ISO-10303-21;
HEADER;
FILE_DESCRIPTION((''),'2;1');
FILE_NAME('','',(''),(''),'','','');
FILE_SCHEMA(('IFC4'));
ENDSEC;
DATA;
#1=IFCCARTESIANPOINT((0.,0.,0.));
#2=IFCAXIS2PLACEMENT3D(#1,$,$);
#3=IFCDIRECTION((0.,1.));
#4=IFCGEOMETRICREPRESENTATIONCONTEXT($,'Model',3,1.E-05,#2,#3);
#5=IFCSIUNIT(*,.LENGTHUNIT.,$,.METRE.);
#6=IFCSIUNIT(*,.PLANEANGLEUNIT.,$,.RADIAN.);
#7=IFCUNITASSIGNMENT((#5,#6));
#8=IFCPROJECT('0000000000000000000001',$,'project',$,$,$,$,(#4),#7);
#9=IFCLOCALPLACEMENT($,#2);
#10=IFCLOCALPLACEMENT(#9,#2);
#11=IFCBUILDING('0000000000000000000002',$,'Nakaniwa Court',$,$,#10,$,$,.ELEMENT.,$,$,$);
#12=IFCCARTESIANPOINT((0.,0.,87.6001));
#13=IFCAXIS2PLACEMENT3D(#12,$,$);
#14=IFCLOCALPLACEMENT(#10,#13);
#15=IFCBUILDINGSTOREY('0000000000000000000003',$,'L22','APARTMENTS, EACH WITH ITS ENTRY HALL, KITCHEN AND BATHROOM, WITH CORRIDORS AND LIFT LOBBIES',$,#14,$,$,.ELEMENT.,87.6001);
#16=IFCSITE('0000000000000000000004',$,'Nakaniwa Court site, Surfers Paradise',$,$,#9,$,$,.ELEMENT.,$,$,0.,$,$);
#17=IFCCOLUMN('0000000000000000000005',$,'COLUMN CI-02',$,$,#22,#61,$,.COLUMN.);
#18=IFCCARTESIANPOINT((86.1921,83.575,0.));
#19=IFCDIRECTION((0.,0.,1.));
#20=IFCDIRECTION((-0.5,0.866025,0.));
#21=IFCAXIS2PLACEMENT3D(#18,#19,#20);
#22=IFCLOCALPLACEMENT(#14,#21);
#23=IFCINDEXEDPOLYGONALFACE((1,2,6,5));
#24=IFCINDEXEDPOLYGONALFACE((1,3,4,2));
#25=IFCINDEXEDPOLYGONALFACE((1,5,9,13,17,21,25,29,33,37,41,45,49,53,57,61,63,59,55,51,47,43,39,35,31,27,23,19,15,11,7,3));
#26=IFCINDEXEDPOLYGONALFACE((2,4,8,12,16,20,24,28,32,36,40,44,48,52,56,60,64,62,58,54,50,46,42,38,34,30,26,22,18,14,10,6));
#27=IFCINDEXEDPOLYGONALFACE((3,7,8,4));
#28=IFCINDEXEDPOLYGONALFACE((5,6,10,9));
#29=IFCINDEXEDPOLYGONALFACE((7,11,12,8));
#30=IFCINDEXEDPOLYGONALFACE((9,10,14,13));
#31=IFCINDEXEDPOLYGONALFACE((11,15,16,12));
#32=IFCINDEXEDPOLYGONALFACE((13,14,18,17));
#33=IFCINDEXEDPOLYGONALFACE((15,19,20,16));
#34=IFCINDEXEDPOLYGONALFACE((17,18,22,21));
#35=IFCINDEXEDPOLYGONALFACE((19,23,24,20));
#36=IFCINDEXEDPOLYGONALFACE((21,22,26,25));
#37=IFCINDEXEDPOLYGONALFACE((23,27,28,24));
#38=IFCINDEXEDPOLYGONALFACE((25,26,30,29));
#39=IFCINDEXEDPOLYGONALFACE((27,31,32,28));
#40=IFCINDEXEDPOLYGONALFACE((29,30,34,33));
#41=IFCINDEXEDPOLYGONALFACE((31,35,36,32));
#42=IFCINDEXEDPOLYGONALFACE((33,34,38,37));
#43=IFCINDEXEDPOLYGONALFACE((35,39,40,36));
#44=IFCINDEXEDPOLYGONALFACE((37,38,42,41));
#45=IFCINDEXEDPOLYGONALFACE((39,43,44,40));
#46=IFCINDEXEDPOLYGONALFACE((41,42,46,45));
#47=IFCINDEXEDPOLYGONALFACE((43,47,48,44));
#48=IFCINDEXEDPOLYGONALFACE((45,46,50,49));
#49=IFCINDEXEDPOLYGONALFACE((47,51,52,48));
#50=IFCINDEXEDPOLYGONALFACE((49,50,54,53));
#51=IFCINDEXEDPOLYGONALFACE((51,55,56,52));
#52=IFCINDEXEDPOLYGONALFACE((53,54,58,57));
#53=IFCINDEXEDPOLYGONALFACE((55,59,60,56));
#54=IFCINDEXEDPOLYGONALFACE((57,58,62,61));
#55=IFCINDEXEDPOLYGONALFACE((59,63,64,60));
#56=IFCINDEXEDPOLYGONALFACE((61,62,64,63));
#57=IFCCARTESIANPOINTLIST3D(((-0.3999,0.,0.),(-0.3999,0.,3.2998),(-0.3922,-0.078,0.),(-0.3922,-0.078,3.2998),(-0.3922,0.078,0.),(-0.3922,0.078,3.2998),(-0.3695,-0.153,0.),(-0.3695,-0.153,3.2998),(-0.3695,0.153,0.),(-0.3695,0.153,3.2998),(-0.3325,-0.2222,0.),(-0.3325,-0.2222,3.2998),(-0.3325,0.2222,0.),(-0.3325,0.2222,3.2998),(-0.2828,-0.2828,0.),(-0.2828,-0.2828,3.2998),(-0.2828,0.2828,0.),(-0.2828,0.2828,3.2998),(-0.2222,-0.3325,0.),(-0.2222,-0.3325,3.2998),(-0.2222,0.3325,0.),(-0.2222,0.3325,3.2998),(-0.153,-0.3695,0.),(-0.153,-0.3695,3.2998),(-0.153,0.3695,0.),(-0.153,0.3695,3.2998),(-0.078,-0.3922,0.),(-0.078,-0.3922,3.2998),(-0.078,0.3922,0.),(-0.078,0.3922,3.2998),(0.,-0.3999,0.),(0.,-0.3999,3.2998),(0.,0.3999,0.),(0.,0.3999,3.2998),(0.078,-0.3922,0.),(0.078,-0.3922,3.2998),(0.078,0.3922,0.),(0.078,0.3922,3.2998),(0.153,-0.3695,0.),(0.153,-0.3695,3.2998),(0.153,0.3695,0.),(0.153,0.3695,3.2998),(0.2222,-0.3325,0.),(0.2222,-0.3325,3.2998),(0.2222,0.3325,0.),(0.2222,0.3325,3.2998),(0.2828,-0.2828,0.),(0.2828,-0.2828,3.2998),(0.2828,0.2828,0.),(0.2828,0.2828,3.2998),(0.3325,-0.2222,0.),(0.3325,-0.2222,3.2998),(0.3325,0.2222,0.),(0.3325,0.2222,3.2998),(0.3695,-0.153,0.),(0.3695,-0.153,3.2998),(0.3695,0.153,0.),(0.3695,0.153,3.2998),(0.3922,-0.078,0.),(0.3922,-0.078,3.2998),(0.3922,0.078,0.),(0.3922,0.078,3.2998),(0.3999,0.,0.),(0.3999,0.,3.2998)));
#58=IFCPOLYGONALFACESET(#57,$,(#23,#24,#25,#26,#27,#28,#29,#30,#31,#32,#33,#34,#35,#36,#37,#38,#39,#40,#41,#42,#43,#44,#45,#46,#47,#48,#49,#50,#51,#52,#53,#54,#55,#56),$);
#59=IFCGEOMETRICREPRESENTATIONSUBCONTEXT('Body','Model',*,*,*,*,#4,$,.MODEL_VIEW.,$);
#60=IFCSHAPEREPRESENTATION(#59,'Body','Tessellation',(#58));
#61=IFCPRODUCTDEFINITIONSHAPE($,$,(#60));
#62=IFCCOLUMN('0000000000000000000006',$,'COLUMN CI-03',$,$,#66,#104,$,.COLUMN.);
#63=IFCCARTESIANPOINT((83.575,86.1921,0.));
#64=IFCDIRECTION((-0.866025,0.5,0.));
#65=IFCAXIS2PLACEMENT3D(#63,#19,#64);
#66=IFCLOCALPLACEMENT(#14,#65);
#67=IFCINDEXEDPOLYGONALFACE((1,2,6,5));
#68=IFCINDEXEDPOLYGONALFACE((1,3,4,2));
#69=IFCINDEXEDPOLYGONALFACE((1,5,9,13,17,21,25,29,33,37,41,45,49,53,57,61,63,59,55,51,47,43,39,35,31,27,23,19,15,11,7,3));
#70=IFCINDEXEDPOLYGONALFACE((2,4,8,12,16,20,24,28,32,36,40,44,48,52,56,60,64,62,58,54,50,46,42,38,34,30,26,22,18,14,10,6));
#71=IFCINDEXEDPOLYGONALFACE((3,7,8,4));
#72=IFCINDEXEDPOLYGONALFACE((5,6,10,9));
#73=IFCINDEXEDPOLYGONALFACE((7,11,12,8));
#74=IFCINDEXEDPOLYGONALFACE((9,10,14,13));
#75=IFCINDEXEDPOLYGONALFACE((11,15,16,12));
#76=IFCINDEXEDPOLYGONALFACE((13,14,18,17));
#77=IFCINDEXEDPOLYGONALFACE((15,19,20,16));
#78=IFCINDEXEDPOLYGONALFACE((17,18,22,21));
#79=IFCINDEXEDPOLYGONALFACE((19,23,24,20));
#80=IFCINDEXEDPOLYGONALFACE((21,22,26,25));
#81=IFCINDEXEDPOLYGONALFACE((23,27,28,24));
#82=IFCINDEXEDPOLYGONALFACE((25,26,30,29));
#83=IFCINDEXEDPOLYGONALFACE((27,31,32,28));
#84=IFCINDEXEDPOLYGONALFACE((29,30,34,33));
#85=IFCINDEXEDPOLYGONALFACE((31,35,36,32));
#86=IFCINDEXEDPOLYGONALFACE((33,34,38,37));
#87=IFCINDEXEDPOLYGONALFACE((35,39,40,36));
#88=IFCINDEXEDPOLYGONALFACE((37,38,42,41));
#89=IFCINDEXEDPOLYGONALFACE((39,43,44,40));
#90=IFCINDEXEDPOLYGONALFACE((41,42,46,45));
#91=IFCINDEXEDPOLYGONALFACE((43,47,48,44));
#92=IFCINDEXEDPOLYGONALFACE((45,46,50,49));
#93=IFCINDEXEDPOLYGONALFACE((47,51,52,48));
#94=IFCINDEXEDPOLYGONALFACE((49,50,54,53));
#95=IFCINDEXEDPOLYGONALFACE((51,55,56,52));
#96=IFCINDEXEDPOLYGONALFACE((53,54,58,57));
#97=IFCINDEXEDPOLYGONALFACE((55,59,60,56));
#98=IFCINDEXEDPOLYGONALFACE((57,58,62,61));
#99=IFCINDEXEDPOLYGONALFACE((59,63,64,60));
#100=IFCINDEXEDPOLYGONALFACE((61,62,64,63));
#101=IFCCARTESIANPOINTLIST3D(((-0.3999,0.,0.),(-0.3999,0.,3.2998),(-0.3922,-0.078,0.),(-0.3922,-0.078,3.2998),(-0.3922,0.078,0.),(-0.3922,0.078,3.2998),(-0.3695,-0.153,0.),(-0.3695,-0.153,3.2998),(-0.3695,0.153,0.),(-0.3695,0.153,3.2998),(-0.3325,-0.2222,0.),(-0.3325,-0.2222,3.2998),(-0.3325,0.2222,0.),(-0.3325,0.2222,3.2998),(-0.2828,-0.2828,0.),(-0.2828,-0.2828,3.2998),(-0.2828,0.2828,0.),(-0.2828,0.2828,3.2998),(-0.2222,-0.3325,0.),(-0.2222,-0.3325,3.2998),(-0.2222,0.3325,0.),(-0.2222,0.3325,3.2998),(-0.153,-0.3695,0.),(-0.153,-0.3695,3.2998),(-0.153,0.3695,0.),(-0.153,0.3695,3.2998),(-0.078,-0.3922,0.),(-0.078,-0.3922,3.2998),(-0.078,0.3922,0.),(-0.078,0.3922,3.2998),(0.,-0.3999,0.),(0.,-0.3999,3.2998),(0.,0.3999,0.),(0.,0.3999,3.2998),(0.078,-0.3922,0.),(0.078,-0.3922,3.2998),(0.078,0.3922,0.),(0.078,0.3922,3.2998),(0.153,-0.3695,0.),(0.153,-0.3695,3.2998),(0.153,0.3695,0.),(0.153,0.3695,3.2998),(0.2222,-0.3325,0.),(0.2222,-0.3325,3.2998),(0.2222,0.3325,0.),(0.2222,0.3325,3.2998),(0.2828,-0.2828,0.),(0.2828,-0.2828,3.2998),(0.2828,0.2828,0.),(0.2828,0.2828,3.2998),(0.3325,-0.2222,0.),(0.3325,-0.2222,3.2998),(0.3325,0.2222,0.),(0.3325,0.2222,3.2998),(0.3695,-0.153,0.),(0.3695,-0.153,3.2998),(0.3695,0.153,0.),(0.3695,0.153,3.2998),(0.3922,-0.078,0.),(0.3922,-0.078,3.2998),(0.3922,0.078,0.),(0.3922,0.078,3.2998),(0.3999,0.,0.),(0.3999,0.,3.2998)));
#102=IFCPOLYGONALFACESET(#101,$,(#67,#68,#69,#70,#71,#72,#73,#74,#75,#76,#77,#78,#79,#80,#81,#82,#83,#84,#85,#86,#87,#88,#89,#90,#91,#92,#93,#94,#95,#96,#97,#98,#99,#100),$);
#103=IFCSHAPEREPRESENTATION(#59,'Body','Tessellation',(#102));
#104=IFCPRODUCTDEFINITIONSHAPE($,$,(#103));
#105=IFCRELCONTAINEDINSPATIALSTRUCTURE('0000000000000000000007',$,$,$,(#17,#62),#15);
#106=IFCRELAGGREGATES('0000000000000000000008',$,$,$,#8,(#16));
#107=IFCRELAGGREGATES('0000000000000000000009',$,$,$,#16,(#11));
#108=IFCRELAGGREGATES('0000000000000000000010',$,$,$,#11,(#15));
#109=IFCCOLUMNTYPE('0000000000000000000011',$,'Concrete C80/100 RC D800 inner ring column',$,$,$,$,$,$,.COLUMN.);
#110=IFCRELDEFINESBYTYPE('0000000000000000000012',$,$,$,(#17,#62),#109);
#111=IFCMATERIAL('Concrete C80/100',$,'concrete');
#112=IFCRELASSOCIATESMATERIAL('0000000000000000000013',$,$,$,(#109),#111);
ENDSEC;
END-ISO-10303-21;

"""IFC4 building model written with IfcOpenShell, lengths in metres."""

from ifc_helpers import new_model, si_unit, direction, frame, origin, origin_2d, place, context, subcontext, project, spatial, circle, extrude, material, material_profile, profile_set, type_object, element, save


model = new_model("IFC4")

# Units and contexts
model_context = context("Model", 3, precision=1e-05, world=origin(), true_north=direction((0.0, 1.0)))
body_context = subcontext(model_context, "Body", "Model", "MODEL_VIEW")
ifc_project = project(units=[si_unit("LENGTHUNIT", "METRE"), si_unit("PLANEANGLEUNIT", "RADIAN")], contexts=[model_context])

# Site, building, storey
site_placement = place(None, origin())
site = spatial("IfcSite", under=ifc_project, at=site_placement, Name="Nakaniwa Court site, Surfers Paradise", CompositionType="ELEMENT", RefElevation=0.0)
building_placement = place(site_placement, origin())
building = spatial("IfcBuilding", under=site, at=building_placement, Name="Nakaniwa Court", CompositionType="ELEMENT")
storey_placement = place(building_placement, frame((0.0, 0.0, 87.6001)))
storey = spatial("IfcBuildingStorey", under=building, at=storey_placement, Name="L22", Description="APARTMENTS, EACH WITH ITS ENTRY HALL, KITCHEN AND BATHROOM, WITH CORRIDORS AND LIFT LOBBIES", CompositionType="ELEMENT", Elevation=87.6001)

# Columns
ifc_material_1 = material(Name="Concrete C80/100", Category="concrete")
ifc_material_profile_1 = material_profile(ifc_material_1, circle(Radius=0.3999, at=origin_2d()), Name="Concrete C80/100 RC D800 inner ring column")
ifc_profile_set_1 = profile_set([ifc_material_profile_1], Name="Concrete C80/100")
column_type = type_object("IfcColumnType", Name="Concrete C80/100 RC D800 inner ring column", PredefinedType="COLUMN", material=ifc_profile_set_1)
for number, where, z_axis, x_axis, name in (
    (1, (86.1921, 83.575, 0.0), (0.0, 0.0, 1.0), (-0.5, 0.866025, 0.0), "COLUMN CI-02"),
    (2, (83.575, 86.1921, 0.0), (0.0, 0.0, 1.0), (-0.866025, 0.5, 0.0), "COLUMN CI-03"),
):
    element("IfcColumn", number, at=place(storey_placement, frame(where, z_axis=z_axis, x_axis=x_axis)), inside=storey, type_object=column_type, Name=name, PredefinedType="COLUMN", context=body_context, shape_type="SweptSolid", body=[
        extrude(circle(Radius=0.3999, at=origin_2d()), origin(), (0.0, 0.0, 1.0), 3.2998),
    ])

save(model, "model.ifc")
